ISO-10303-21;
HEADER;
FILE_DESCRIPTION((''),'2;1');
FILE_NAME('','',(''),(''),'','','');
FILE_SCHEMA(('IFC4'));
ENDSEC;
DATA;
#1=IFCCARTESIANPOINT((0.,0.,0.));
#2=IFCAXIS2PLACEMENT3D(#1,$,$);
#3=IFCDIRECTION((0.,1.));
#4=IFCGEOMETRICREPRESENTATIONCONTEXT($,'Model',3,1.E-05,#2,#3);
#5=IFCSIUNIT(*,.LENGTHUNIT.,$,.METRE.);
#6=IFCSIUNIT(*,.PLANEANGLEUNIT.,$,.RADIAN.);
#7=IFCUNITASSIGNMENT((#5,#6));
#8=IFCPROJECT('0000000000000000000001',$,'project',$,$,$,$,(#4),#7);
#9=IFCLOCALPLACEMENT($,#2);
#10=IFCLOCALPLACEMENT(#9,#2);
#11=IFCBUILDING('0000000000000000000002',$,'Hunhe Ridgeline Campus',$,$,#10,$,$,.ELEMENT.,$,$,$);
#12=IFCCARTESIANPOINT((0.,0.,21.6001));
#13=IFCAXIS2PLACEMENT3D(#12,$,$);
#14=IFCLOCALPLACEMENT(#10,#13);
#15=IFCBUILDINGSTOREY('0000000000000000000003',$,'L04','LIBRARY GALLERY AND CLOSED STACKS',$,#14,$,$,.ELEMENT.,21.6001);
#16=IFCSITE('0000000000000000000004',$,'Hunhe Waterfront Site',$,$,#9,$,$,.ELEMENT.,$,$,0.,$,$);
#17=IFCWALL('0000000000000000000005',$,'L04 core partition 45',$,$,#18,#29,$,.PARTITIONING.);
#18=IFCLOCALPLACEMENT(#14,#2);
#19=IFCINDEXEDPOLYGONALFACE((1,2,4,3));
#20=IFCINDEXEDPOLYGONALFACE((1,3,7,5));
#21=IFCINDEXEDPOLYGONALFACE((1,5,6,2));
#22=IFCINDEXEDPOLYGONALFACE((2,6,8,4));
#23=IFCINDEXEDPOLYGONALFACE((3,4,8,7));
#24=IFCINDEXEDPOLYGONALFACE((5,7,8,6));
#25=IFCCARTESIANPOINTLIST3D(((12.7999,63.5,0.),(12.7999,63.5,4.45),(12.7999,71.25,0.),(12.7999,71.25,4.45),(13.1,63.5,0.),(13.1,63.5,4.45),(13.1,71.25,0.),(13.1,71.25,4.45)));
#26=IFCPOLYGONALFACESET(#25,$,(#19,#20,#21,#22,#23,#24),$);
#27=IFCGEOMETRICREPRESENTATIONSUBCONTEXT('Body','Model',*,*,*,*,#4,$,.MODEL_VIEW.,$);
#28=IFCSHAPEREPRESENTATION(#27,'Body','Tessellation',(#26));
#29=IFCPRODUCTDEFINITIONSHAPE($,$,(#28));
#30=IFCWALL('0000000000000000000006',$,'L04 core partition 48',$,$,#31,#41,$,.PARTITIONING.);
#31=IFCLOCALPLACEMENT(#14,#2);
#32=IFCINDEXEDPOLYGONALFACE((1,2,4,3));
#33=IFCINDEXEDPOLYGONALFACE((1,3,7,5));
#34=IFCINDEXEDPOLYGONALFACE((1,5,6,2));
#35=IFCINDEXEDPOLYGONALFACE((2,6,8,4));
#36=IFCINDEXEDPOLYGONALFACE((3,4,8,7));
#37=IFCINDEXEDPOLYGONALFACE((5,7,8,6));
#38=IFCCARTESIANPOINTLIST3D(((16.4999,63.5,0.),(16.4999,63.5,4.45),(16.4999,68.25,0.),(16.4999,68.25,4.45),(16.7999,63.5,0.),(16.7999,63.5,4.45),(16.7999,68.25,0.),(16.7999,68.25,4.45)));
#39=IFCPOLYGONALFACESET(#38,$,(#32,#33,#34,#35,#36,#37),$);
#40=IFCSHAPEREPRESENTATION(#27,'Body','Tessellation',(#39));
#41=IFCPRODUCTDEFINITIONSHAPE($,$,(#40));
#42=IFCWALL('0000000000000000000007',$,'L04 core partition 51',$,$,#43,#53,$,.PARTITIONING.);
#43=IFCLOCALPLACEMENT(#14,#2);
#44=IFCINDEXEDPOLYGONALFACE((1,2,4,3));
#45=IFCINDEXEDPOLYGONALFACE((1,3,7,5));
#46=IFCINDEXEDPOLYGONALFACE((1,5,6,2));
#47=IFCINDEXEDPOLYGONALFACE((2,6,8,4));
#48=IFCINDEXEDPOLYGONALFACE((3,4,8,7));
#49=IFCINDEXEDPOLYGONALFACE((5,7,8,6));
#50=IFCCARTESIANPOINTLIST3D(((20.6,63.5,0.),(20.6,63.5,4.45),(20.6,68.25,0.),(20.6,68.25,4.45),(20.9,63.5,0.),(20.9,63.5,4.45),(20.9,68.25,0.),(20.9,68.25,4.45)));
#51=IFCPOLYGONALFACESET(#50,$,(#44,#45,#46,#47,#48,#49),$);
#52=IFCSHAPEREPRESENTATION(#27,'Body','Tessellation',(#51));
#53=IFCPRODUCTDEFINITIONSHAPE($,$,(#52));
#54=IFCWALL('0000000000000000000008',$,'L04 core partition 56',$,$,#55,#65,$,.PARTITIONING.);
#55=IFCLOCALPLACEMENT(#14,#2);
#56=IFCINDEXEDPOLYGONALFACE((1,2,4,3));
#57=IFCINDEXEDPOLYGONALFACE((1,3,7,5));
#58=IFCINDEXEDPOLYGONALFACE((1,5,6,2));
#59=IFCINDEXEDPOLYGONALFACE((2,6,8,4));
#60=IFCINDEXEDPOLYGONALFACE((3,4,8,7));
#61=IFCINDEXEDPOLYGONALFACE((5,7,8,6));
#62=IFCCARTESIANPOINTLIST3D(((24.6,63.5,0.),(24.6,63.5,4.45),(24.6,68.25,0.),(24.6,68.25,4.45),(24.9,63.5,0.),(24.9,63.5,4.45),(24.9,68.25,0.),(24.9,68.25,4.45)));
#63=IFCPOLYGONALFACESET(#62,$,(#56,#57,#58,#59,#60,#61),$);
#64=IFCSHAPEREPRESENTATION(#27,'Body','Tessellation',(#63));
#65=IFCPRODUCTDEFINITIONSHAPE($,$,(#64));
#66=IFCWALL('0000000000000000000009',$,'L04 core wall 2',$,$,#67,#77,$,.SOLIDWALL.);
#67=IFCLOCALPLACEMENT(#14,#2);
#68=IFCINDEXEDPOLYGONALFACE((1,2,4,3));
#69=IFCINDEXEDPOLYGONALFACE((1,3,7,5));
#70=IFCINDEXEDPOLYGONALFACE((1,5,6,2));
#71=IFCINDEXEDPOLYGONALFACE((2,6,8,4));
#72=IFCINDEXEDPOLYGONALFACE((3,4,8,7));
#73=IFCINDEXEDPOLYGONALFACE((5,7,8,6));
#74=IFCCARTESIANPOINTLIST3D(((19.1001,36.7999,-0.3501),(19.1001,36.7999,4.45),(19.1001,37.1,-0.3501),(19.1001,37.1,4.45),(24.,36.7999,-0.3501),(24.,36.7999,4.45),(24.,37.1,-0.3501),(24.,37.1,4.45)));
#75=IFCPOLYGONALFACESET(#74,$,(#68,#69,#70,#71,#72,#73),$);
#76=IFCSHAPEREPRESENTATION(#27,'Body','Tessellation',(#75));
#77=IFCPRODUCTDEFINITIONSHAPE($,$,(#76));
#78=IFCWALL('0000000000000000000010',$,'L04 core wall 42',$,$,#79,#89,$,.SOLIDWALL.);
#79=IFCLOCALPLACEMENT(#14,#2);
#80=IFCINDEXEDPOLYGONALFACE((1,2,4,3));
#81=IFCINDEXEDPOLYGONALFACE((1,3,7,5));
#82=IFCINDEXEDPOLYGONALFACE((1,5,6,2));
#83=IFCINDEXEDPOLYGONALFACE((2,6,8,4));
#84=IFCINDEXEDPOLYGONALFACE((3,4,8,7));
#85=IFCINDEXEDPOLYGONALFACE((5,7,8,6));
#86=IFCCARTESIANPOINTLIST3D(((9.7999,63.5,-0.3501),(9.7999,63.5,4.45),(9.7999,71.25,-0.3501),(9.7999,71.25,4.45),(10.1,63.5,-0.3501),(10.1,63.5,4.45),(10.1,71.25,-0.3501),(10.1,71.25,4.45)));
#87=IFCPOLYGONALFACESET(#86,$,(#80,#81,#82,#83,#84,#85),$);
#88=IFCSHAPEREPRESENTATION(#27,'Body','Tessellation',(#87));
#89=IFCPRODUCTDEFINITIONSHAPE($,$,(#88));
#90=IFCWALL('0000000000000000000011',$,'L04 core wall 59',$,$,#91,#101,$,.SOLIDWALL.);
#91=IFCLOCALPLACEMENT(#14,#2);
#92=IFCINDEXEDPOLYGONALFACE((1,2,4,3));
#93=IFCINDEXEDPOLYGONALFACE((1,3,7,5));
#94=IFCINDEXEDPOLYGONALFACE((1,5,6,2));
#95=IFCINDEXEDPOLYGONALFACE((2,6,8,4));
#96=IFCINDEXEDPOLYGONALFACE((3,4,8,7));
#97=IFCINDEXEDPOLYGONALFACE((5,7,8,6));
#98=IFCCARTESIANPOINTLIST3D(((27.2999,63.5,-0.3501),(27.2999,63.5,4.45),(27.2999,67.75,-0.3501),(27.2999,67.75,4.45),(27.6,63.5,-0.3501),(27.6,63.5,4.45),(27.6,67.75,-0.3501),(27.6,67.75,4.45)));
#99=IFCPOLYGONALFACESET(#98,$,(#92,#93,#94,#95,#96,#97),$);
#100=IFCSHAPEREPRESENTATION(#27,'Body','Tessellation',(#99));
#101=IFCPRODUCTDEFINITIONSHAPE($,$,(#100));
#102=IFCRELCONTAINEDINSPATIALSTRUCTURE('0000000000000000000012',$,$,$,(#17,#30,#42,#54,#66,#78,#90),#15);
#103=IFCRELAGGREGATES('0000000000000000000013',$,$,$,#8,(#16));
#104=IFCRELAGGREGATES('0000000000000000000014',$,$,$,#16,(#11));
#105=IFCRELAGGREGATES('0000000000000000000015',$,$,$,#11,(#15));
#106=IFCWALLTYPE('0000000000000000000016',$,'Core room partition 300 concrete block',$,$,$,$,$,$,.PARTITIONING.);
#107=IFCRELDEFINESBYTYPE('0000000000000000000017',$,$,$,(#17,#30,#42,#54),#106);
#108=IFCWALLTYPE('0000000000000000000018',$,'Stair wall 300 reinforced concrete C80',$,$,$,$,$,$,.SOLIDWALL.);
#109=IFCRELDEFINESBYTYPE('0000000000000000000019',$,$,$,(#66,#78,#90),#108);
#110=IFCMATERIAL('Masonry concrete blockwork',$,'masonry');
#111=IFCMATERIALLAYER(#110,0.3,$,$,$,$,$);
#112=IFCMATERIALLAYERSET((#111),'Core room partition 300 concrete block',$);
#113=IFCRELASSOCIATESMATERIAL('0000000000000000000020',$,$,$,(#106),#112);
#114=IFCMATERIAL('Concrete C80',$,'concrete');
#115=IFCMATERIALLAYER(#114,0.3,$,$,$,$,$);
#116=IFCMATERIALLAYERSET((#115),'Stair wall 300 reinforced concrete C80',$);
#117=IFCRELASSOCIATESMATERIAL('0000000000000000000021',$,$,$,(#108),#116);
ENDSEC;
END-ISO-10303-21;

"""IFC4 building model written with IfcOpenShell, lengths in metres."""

from ifc_helpers import new_model, si_unit, direction, frame, frame_2d, origin, place, context, subcontext, project, spatial, rectangle, extrude, material, layer, layer_set, type_object, element, save


model = new_model("IFC4")

# Units and contexts
model_context = context("Model", 3, precision=1e-05, world=origin(), true_north=direction((0.0, 1.0)))
body_context = subcontext(model_context, "Body", "Model", "MODEL_VIEW")
ifc_project = project(units=[si_unit("LENGTHUNIT", "METRE"), si_unit("PLANEANGLEUNIT", "RADIAN")], contexts=[model_context])

# Site, building, storey
site_placement = place(None, origin())
site = spatial("IfcSite", under=ifc_project, at=site_placement, Name="Hunhe Waterfront Site", CompositionType="ELEMENT", RefElevation=0.0)
building_placement = place(site_placement, origin())
building = spatial("IfcBuilding", under=site, at=building_placement, Name="Hunhe Ridgeline Campus", CompositionType="ELEMENT")
storey_placement = place(building_placement, frame((0.0, 0.0, 21.6001)))
storey = spatial("IfcBuildingStorey", under=building, at=storey_placement, Name="L04", Description="LIBRARY GALLERY AND CLOSED STACKS", CompositionType="ELEMENT", Elevation=21.6001)

# Shared definitions
ifc_material_1 = material(Name="Concrete C80", Category="concrete")

# Walls
ifc_material_2 = material(Name="Masonry concrete blockwork", Category="masonry")
ifc_layer_1 = layer(ifc_material_2, 0.3)
ifc_layer_set_1 = layer_set([ifc_layer_1], Name="Core room partition 300 concrete block")
wall_type_1 = type_object("IfcWallType", Name="Core room partition 300 concrete block", PredefinedType="PARTITIONING", material=ifc_layer_set_1)
wall_1_placement = place(storey_placement, frame((12.95, 63.5, 0.0), z_axis=(0.0, 0.0, 1.0), x_axis=(0.0, 1.0, 0.0)))
element("IfcWall", 1, at=wall_1_placement, inside=storey, type_object=wall_type_1, Name="L04 core partition 45", PredefinedType="PARTITIONING", context=body_context, shape_type="SweptSolid", body=[
    extrude(rectangle(XDim=7.75, YDim=0.3, at=frame_2d((3.875, 0.0))), origin(), (0.0, 0.0, 1.0), 4.45),
])
for number, where, z_axis, x_axis, name in (
    (2, (16.6499, 63.5, 0.0), (0.0, 0.0, 1.0), (0.0, 1.0, 0.0), "L04 core partition 48"),
    (3, (20.75, 63.5, 0.0), (0.0, 0.0, 1.0), (0.0, 1.0, 0.0), "L04 core partition 51"),
    (4, (24.75, 63.5, 0.0), (0.0, 0.0, 1.0), (0.0, 1.0, 0.0), "L04 core partition 56"),
):
    element("IfcWall", number, at=place(storey_placement, frame(where, z_axis=z_axis, x_axis=x_axis)), inside=storey, type_object=wall_type_1, Name=name, PredefinedType="PARTITIONING", context=body_context, shape_type="SweptSolid", body=[
        extrude(rectangle(XDim=4.75, YDim=0.3, at=frame_2d((2.375, 0.0))), origin(), (0.0, 0.0, 1.0), 4.45),
    ])
ifc_layer_2 = layer(ifc_material_1, 0.3)
ifc_layer_set_2 = layer_set([ifc_layer_2], Name="Stair wall 300 reinforced concrete C80")
wall_type_2 = type_object("IfcWallType", Name="Stair wall 300 reinforced concrete C80", PredefinedType="SOLIDWALL", material=ifc_layer_set_2)
wall_2_placement = place(storey_placement, frame((19.1001, 36.95, -0.3501), z_axis=(0.0, 0.0, 1.0), x_axis=(1.0, 0.0, 0.0)))
element("IfcWall", 5, at=wall_2_placement, inside=storey, type_object=wall_type_2, Name="L04 core wall 2", PredefinedType="SOLIDWALL", context=body_context, shape_type="SweptSolid", body=[
    extrude(rectangle(XDim=4.8999, YDim=0.3, at=frame_2d((2.45, 0.0))), origin(), (0.0, 0.0, 1.0), 4.8),
])
wall_3_placement = place(storey_placement, frame((9.95, 63.5, -0.3501), z_axis=(0.0, 0.0, 1.0), x_axis=(0.0, 1.0, 0.0)))
element("IfcWall", 6, at=wall_3_placement, inside=storey, type_object=wall_type_2, Name="L04 core wall 42", PredefinedType="SOLIDWALL", context=body_context, shape_type="SweptSolid", body=[
    extrude(rectangle(XDim=7.75, YDim=0.3, at=frame_2d((3.875, 0.0))), origin(), (0.0, 0.0, 1.0), 4.8),
])
wall_4_placement = place(storey_placement, frame((27.45, 63.5, -0.3501), z_axis=(0.0, 0.0, 1.0), x_axis=(0.0, 1.0, 0.0)))
element("IfcWall", 7, at=wall_4_placement, inside=storey, type_object=wall_type_2, Name="L04 core wall 59", PredefinedType="SOLIDWALL", context=body_context, shape_type="SweptSolid", body=[
    extrude(rectangle(XDim=4.25, YDim=0.3, at=frame_2d((2.125, 0.0))), origin(), (0.0, 0.0, 1.0), 4.8),
])

save(model, "model.ifc")
